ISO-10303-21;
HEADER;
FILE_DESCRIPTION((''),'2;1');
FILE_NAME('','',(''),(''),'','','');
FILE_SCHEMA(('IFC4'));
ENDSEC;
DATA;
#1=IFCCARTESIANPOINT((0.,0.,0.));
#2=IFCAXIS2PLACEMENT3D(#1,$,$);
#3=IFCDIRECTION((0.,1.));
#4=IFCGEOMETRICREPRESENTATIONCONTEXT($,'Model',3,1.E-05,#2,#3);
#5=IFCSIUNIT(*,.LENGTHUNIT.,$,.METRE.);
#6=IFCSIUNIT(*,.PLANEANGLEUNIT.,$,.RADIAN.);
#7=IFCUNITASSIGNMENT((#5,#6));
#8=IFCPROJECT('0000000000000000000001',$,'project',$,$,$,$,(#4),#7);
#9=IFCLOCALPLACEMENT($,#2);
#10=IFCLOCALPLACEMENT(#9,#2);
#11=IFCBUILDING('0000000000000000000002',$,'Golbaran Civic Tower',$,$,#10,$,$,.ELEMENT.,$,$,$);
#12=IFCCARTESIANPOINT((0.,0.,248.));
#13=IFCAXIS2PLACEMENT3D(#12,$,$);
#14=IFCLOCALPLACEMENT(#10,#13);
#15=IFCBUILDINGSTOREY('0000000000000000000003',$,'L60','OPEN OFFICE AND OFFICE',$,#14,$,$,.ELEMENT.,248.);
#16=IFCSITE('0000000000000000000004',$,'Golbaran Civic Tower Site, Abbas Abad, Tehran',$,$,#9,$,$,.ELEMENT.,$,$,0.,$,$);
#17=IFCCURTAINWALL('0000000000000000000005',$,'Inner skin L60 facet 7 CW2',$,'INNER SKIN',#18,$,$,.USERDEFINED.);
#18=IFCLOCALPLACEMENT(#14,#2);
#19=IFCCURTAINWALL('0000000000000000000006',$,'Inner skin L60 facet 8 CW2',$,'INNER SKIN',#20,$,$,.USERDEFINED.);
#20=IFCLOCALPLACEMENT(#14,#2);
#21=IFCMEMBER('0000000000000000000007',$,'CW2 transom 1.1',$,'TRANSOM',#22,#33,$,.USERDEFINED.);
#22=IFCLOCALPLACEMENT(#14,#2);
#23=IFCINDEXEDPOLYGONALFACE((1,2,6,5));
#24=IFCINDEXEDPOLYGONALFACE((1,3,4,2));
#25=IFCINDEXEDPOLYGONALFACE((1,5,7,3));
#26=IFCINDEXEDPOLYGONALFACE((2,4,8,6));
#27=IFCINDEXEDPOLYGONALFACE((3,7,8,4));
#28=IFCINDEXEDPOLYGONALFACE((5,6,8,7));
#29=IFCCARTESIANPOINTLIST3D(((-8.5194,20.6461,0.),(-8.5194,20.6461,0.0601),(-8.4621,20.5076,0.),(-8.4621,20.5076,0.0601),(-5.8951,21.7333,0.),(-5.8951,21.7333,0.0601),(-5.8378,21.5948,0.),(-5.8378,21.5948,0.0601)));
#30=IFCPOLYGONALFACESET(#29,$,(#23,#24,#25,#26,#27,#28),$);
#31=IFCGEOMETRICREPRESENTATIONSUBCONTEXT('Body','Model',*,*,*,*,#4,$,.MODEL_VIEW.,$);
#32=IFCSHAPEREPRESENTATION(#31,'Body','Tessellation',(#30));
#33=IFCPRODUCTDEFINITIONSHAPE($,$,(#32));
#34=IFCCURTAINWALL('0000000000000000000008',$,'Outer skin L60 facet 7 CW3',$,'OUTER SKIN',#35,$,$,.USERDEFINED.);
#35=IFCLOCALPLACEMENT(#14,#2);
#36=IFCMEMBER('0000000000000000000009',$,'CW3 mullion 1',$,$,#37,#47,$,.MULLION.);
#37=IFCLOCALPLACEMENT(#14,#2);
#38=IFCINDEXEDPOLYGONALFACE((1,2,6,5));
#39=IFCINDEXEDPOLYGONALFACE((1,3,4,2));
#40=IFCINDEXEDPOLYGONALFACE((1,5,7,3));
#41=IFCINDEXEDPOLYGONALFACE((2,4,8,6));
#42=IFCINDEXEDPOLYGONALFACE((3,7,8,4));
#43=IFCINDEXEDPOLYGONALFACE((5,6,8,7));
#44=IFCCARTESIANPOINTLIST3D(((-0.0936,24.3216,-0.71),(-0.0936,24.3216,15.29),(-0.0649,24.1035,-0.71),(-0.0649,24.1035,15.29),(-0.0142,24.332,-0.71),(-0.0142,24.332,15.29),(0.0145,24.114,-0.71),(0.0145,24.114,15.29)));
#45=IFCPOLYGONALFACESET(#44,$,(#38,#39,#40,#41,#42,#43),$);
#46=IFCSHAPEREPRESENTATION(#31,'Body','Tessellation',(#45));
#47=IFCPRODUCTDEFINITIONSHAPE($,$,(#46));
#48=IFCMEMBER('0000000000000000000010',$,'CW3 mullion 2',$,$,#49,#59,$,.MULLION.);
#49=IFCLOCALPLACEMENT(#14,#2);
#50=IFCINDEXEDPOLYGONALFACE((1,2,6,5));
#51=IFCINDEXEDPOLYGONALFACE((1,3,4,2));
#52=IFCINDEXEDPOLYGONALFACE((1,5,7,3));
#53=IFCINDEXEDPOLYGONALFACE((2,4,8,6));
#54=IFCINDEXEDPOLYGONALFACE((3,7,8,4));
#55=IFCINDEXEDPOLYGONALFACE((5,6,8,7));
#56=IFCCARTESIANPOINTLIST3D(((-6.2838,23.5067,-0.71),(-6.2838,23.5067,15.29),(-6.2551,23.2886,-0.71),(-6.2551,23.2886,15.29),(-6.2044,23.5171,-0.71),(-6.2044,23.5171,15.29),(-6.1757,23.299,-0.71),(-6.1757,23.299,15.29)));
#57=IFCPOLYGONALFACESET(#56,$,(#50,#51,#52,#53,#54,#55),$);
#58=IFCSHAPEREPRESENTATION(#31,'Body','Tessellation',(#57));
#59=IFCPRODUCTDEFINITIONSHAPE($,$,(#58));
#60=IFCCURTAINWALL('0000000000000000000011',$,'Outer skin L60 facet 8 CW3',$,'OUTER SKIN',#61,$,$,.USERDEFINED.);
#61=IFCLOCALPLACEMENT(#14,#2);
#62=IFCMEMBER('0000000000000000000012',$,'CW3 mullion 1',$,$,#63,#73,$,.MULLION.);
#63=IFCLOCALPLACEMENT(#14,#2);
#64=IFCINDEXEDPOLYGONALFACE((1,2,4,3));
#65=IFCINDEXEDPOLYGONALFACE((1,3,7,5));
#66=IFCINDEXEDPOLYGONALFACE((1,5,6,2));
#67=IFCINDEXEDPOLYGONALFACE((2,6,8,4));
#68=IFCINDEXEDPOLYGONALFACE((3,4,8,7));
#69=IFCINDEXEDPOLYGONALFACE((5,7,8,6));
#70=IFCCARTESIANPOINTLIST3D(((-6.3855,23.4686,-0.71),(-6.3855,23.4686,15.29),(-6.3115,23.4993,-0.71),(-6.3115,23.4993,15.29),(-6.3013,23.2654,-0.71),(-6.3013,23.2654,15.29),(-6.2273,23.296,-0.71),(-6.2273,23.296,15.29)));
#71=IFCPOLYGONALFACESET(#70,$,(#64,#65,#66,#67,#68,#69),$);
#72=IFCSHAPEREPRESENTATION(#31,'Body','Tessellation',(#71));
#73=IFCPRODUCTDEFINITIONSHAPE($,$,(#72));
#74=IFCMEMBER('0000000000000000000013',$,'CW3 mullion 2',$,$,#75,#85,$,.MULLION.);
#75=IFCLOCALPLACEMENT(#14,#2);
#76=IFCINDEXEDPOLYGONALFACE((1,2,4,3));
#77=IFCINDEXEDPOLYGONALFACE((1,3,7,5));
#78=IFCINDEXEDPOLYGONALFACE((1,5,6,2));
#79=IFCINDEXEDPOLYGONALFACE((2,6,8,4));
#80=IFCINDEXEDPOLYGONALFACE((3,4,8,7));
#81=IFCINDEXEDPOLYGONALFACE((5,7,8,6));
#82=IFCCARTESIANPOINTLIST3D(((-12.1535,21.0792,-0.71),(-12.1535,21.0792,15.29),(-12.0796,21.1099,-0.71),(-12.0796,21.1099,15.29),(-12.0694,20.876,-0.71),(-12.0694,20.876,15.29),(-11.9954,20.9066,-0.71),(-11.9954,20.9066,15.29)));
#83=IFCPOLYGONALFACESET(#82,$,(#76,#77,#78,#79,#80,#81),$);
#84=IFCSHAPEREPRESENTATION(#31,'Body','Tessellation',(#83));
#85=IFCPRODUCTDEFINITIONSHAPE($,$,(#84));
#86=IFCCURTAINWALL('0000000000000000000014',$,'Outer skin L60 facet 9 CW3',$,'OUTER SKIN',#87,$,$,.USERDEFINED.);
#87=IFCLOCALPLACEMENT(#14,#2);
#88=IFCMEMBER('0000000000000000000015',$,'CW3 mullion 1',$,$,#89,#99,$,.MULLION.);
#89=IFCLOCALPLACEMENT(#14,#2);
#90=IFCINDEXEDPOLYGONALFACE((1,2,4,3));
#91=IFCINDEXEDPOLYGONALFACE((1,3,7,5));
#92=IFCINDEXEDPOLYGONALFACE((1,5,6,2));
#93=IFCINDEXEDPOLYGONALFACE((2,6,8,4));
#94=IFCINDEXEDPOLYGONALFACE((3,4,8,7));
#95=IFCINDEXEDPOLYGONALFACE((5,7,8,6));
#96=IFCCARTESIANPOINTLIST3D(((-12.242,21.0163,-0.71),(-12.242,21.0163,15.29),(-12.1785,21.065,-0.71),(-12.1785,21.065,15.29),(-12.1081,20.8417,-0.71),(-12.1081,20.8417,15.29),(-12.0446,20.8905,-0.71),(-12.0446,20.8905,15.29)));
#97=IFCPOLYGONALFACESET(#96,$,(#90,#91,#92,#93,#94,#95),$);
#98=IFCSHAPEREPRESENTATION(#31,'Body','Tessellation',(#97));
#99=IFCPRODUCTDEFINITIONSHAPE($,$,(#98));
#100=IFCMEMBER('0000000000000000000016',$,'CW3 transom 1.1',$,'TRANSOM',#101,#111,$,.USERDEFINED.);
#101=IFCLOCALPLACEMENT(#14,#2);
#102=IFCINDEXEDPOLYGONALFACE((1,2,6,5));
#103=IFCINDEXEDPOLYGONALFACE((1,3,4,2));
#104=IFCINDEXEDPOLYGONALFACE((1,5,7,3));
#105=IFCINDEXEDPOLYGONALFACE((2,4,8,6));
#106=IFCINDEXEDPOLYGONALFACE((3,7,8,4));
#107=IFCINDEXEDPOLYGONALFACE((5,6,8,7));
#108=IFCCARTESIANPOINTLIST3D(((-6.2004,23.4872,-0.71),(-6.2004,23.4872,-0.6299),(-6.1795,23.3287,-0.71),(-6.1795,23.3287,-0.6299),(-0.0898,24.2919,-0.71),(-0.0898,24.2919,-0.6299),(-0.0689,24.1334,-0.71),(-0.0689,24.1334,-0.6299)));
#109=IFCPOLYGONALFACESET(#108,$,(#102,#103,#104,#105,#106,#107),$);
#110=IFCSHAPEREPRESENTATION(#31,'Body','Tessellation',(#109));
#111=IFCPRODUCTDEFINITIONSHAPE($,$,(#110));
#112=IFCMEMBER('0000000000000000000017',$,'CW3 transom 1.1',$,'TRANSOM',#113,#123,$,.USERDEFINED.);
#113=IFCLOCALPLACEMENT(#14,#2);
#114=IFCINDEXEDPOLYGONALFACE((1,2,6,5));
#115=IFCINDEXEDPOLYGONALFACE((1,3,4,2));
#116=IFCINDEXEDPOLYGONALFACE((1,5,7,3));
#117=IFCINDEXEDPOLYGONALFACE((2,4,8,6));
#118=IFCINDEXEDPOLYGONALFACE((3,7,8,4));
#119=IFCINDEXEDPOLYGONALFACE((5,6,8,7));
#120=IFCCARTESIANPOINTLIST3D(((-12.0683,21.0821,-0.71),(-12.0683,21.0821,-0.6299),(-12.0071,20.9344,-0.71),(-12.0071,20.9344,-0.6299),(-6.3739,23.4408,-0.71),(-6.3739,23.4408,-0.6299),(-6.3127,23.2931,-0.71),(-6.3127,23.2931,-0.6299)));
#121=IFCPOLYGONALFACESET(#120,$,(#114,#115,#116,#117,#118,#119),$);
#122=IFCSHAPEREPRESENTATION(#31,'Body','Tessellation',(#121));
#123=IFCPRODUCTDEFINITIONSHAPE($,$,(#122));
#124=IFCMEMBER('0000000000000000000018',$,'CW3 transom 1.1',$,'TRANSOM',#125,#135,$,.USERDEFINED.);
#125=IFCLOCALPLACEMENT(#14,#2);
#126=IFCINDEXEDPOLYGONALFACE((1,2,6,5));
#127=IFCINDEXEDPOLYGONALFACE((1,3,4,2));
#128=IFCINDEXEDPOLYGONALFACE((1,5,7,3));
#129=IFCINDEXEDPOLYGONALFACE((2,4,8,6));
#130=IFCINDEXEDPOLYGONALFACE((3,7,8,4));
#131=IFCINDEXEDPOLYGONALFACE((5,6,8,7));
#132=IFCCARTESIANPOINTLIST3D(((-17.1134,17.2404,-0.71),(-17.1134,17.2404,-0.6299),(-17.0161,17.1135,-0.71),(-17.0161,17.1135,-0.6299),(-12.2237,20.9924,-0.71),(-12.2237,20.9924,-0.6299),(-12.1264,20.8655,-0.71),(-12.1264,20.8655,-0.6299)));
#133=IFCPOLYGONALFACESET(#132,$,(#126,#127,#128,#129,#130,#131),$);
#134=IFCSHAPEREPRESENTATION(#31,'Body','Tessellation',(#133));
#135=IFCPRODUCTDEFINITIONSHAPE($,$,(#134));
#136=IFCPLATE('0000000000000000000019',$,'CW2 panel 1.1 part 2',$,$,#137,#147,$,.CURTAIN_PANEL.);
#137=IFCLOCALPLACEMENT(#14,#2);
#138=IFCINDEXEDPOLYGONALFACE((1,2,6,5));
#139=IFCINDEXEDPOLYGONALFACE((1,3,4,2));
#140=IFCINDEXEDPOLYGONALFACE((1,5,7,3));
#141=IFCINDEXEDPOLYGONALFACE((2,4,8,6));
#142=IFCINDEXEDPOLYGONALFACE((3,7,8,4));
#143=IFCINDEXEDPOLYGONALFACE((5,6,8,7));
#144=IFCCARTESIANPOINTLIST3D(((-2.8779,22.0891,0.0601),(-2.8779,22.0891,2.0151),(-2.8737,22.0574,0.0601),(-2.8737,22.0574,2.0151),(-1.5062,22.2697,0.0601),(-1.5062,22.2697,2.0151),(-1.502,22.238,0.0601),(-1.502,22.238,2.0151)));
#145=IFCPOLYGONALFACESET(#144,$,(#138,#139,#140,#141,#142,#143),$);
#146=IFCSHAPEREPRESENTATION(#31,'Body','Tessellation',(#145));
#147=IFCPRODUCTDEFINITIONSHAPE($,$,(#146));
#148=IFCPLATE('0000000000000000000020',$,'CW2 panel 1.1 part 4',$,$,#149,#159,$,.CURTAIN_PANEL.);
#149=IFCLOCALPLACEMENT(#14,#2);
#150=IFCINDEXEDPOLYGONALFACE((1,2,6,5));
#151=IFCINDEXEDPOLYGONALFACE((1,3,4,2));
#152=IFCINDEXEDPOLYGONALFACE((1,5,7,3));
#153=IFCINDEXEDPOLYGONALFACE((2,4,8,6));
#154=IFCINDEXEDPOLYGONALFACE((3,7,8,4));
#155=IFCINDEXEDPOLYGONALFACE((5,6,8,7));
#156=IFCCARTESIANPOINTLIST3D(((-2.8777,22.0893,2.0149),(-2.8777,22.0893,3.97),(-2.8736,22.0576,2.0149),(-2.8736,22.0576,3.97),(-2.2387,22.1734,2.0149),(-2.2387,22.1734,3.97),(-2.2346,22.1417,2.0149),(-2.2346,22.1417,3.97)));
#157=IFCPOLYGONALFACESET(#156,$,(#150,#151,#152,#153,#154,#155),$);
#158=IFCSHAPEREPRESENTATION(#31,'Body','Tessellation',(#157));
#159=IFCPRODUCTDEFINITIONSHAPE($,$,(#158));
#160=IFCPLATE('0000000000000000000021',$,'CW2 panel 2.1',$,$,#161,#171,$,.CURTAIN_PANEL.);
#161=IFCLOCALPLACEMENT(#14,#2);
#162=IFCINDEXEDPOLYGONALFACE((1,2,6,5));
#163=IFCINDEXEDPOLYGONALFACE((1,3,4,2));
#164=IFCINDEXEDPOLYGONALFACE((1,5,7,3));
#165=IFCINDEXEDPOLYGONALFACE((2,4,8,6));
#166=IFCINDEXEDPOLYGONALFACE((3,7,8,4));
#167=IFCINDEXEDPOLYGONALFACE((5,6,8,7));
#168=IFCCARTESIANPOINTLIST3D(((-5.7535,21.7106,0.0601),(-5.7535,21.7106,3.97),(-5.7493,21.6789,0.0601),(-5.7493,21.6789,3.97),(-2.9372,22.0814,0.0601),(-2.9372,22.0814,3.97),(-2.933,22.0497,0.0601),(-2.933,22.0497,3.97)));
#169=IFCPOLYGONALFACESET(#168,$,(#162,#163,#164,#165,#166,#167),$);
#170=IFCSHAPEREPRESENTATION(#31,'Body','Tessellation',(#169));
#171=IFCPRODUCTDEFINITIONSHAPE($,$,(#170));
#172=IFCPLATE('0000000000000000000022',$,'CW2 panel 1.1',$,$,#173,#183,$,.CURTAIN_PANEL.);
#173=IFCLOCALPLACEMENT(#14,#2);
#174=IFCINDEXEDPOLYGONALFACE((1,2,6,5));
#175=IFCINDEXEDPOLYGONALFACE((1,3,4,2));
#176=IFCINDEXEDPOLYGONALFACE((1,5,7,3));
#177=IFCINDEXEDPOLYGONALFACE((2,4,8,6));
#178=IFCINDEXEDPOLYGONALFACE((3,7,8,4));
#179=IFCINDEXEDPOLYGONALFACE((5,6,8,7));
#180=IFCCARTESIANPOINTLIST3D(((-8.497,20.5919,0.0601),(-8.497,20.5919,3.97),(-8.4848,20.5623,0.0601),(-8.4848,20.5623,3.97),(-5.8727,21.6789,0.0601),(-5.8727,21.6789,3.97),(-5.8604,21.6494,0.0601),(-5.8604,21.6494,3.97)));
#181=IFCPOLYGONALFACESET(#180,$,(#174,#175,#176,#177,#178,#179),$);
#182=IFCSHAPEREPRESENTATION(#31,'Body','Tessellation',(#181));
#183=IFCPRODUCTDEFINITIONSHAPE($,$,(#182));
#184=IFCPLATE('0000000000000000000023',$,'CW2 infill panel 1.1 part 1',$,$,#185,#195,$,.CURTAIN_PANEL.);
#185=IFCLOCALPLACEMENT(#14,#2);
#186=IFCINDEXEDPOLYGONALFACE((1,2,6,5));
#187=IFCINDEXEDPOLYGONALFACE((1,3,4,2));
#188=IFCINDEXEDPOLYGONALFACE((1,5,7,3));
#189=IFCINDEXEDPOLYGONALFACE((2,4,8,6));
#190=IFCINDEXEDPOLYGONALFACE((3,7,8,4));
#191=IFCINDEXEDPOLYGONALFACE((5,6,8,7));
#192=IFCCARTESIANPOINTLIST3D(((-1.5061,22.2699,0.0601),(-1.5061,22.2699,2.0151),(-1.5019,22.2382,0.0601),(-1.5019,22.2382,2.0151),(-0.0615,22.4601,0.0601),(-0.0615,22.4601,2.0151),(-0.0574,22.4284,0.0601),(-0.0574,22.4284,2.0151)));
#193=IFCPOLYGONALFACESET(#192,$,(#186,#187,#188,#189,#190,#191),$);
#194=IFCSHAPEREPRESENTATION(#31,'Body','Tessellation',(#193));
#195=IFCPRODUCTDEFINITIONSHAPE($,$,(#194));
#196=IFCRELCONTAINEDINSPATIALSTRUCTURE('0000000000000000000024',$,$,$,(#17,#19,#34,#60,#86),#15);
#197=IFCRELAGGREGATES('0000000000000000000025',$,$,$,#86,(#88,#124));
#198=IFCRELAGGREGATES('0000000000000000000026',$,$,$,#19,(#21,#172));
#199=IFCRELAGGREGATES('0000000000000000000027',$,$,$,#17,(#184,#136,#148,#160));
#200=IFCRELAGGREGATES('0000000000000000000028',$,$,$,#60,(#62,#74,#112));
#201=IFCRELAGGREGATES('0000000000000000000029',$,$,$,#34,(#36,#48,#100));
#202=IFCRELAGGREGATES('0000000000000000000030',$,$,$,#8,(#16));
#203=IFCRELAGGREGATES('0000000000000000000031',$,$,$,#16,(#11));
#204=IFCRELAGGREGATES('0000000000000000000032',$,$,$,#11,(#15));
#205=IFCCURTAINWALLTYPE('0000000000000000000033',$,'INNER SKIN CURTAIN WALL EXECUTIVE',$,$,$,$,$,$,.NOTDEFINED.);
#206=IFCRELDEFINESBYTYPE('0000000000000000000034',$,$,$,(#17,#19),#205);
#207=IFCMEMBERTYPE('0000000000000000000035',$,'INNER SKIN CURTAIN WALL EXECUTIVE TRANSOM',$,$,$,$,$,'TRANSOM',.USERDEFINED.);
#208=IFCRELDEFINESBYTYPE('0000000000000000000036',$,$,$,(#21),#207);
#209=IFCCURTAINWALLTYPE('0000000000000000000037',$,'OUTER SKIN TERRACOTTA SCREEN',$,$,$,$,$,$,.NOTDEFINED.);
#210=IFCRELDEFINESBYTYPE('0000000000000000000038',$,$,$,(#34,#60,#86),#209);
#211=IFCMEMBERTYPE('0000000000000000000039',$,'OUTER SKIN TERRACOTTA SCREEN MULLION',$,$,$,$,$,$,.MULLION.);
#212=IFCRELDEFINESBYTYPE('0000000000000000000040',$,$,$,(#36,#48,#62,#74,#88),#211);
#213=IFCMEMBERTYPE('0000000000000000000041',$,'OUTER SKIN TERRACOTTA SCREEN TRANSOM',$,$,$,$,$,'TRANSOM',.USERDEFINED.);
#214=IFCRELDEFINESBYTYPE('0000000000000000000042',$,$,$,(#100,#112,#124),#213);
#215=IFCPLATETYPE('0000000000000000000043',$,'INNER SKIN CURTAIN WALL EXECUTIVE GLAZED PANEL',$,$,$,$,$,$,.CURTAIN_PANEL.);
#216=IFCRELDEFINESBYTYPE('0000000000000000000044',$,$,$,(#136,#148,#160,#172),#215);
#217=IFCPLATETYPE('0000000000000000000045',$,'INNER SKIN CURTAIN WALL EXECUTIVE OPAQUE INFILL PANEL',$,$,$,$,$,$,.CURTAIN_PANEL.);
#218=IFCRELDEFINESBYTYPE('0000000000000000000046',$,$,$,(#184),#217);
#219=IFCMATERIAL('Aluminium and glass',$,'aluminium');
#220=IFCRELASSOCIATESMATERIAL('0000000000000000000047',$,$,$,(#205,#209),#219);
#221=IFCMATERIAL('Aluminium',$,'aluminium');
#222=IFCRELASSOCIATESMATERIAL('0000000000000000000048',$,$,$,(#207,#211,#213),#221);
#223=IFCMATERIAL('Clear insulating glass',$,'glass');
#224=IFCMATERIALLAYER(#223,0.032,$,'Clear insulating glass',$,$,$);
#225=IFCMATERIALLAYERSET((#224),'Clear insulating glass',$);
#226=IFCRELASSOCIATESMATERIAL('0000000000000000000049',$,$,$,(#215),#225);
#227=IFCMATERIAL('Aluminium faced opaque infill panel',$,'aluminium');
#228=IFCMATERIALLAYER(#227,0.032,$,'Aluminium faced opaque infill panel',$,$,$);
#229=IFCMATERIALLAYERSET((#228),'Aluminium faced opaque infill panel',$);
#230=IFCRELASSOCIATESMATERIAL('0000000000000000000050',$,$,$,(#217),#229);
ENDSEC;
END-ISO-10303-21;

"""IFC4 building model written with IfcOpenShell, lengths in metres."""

from ifc_helpers import new_model, si_unit, direction, frame, origin, origin_2d, place, context, subcontext, project, spatial, rectangle, extrude, material, layer, layer_set, material_profile, profile_set, type_object, element, aggregate, save


model = new_model("IFC4")

# Units and contexts
model_context = context("Model", 3, precision=1e-05, world=origin(), true_north=direction((0.0, 1.0)))
body_context = subcontext(model_context, "Body", "Model", "MODEL_VIEW")
ifc_project = project(units=[si_unit("LENGTHUNIT", "METRE"), si_unit("PLANEANGLEUNIT", "RADIAN")], contexts=[model_context])

# Site, building, storey
site_placement = place(None, origin())
site = spatial("IfcSite", under=ifc_project, at=site_placement, Name="Golbaran Civic Tower Site, Abbas Abad, Tehran", CompositionType="ELEMENT", RefElevation=0.0)
building_placement = place(site_placement, origin())
building = spatial("IfcBuilding", under=site, at=building_placement, Name="Golbaran Civic Tower", CompositionType="ELEMENT")
storey_placement = place(building_placement, frame((0.0, 0.0, 248.0)))
storey = spatial("IfcBuildingStorey", under=building, at=storey_placement, Name="L60", Description="OPEN OFFICE AND OFFICE", CompositionType="ELEMENT", Elevation=248.0)

# Curtain wall
ifc_material_1 = material(Name="Aluminium and glass", Category="aluminium")
curtain_wall_type_1 = type_object("IfcCurtainWallType", Name="INNER SKIN CURTAIN WALL EXECUTIVE", PredefinedType="NOTDEFINED", material=ifc_material_1)
curtain_wall_1_placement = place(storey_placement, origin())
curtain_wall_1 = element("IfcCurtainWall", 1, at=curtain_wall_1_placement, inside=storey, type_object=curtain_wall_type_1, Name="Inner skin L60 facet 7 CW2", ObjectType="INNER SKIN", PredefinedType="USERDEFINED")
ifc_material_2 = material(Name="Aluminium", Category="aluminium")

# Curtain wall
curtain_wall_2_placement = place(storey_placement, origin())
curtain_wall_2 = element("IfcCurtainWall", 2, at=curtain_wall_2_placement, inside=storey, type_object=curtain_wall_type_1, Name="Inner skin L60 facet 8 CW2", ObjectType="INNER SKIN", PredefinedType="USERDEFINED")

# Member
ifc_material_profile_1 = material_profile(ifc_material_2, rectangle(XDim=0.1499, YDim=0.0601, at=origin_2d()), Name="INNER SKIN CURTAIN WALL EXECUTIVE TRANSOM")
ifc_profile_set_1 = profile_set([ifc_material_profile_1], Name="Aluminium")
member_type_1 = type_object("IfcMemberType", Name="INNER SKIN CURTAIN WALL EXECUTIVE TRANSOM", ElementType="TRANSOM", PredefinedType="USERDEFINED", material=ifc_profile_set_1)
member_1_placement = place(storey_placement, frame((-5.8665, 21.6641, 0.03), z_axis=(-0.923861, -0.382729, 0.0), x_axis=(0.382729, -0.923861, 0.0)))
member_1 = element("IfcMember", 3, at=member_1_placement, type_object=member_type_1, Name="CW2 transom 1.1", ObjectType="TRANSOM", PredefinedType="USERDEFINED", context=body_context, shape_type="SweptSolid", body=[
    extrude(rectangle(XDim=0.1499, YDim=0.0601, at=origin_2d()), origin(), (0.0, 0.0, 1.0), 2.8406),
])

# Curtain walls, members
curtain_wall_type_2 = type_object("IfcCurtainWallType", Name="OUTER SKIN TERRACOTTA SCREEN", PredefinedType="NOTDEFINED", material=ifc_material_1)
curtain_wall_3_placement = place(storey_placement, origin())
curtain_wall_3 = element("IfcCurtainWall", 4, at=curtain_wall_3_placement, inside=storey, type_object=curtain_wall_type_2, Name="Outer skin L60 facet 7 CW3", ObjectType="OUTER SKIN", PredefinedType="USERDEFINED")
ifc_material_profile_2 = material_profile(ifc_material_2, rectangle(XDim=0.22, YDim=0.0801, at=origin_2d()), Name="OUTER SKIN TERRACOTTA SCREEN MULLION")
ifc_profile_set_2 = profile_set([ifc_material_profile_2], Name="Aluminium")
member_type_2 = type_object("IfcMemberType", Name="OUTER SKIN TERRACOTTA SCREEN MULLION", PredefinedType="MULLION", material=ifc_profile_set_2)
member_2_placement = place(storey_placement, frame((-0.0396, 24.2178, -0.71), z_axis=(0.0, 0.0, 1.0), x_axis=(0.130526, -0.991445, 0.0)))
member_2 = element("IfcMember", 5, at=member_2_placement, type_object=member_type_2, Name="CW3 mullion 1", PredefinedType="MULLION", context=body_context, shape_type="SweptSolid", body=[
    extrude(rectangle(XDim=0.22, YDim=0.0801, at=origin_2d()), origin(), (0.0, 0.0, 1.0), 16.0),
])
member_3_placement = place(storey_placement, frame((-6.2297, 23.4028, -0.71), z_axis=(0.0, 0.0, 1.0), x_axis=(0.130526, -0.991445, 0.0)))
member_3 = element("IfcMember", 6, at=member_3_placement, type_object=member_type_2, Name="CW3 mullion 2", PredefinedType="MULLION", context=body_context, shape_type="SweptSolid", body=[
    extrude(rectangle(XDim=0.22, YDim=0.0801, at=origin_2d()), origin(), (0.0, 0.0, 1.0), 16.0),
])
curtain_wall_4_placement = place(storey_placement, origin())
curtain_wall_4 = element("IfcCurtainWall", 7, at=curtain_wall_4_placement, inside=storey, type_object=curtain_wall_type_2, Name="Outer skin L60 facet 8 CW3", ObjectType="OUTER SKIN", PredefinedType="USERDEFINED")
member_4_placement = place(storey_placement, frame((-6.3064, 23.3823, -0.71), z_axis=(0.0, 0.0, 1.0), x_axis=(0.382683, -0.92388, 0.0)))
member_4 = element("IfcMember", 8, at=member_4_placement, type_object=member_type_2, Name="CW3 mullion 1", PredefinedType="MULLION", context=body_context, shape_type="SweptSolid", body=[
    extrude(rectangle(XDim=0.22, YDim=0.0801, at=origin_2d()), origin(), (0.0, 0.0, 1.0), 16.0),
])
member_5_placement = place(storey_placement, frame((-12.0745, 20.9929, -0.71), z_axis=(0.0, 0.0, 1.0), x_axis=(0.382683, -0.92388, 0.0)))
member_5 = element("IfcMember", 9, at=member_5_placement, type_object=member_type_2, Name="CW3 mullion 2", PredefinedType="MULLION", context=body_context, shape_type="SweptSolid", body=[
    extrude(rectangle(XDim=0.22, YDim=0.0801, at=origin_2d()), origin(), (0.0, 0.0, 1.0), 16.0),
])

# Curtain wall, member
curtain_wall_5_placement = place(storey_placement, origin())
curtain_wall_5 = element("IfcCurtainWall", 10, at=curtain_wall_5_placement, inside=storey, type_object=curtain_wall_type_2, Name="Outer skin L60 facet 9 CW3", ObjectType="OUTER SKIN", PredefinedType="USERDEFINED")
member_6_placement = place(storey_placement, frame((-12.1433, 20.9534, -0.71), z_axis=(0.0, 0.0, 1.0), x_axis=(0.608761, -0.793353, 0.0)))
member_6 = element("IfcMember", 11, at=member_6_placement, type_object=member_type_2, Name="CW3 mullion 1", PredefinedType="MULLION", context=body_context, shape_type="SweptSolid", body=[
    extrude(rectangle(XDim=0.22, YDim=0.0801, at=origin_2d()), origin(), (0.0, 0.0, 1.0), 16.0),
])

# Members
ifc_material_profile_3 = material_profile(ifc_material_2, rectangle(XDim=0.1599, YDim=0.0801, at=origin_2d()), Name="OUTER SKIN TERRACOTTA SCREEN TRANSOM")
ifc_profile_set_3 = profile_set([ifc_material_profile_3], Name="Aluminium")
member_type_3 = type_object("IfcMemberType", Name="OUTER SKIN TERRACOTTA SCREEN TRANSOM", ElementType="TRANSOM", PredefinedType="USERDEFINED", material=ifc_profile_set_3)
member_7_placement = place(storey_placement, frame((-0.0793, 24.2126, -0.6699), z_axis=(-0.99144, -0.13056, 0.0), x_axis=(0.13056, -0.99144, 0.0)))
member_7 = element("IfcMember", 12, at=member_7_placement, type_object=member_type_3, Name="CW3 transom 1.1", ObjectType="TRANSOM", PredefinedType="USERDEFINED", context=body_context, shape_type="SweptSolid", body=[
    extrude(rectangle(XDim=0.1599, YDim=0.0801, at=origin_2d()), origin(), (0.0, 0.0, 1.0), 6.1633),
])
member_8_placement = place(storey_placement, frame((-6.3433, 23.3669, -0.6699), z_axis=(-0.923881, -0.382679, 0.0), x_axis=(0.382679, -0.923881, 0.0)))
member_8 = element("IfcMember", 13, at=member_8_placement, type_object=member_type_3, Name="CW3 transom 1.1", ObjectType="TRANSOM", PredefinedType="USERDEFINED", context=body_context, shape_type="SweptSolid", body=[
    extrude(rectangle(XDim=0.1599, YDim=0.0801, at=origin_2d()), origin(), (0.0, 0.0, 1.0), 6.1636),
])
member_9_placement = place(storey_placement, frame((-12.175, 20.929, -0.6699), z_axis=(-0.793354, -0.608761, 0.0), x_axis=(0.608761, -0.793354, 0.0)))
member_9 = element("IfcMember", 14, at=member_9_placement, type_object=member_type_3, Name="CW3 transom 1.1", ObjectType="TRANSOM", PredefinedType="USERDEFINED", context=body_context, shape_type="SweptSolid", body=[
    extrude(rectangle(XDim=0.1599, YDim=0.0801, at=origin_2d()), origin(), (0.0, 0.0, 1.0), 6.1633),
])
aggregate(curtain_wall_5, [member_6, member_9])

# Plates
ifc_material_3 = material(Name="Clear insulating glass", Category="glass")
ifc_layer_1 = layer(ifc_material_3, 0.032, Name="Clear insulating glass")
ifc_layer_set_1 = layer_set([ifc_layer_1], Name="Clear insulating glass")
plate_type_1 = type_object("IfcPlateType", Name="INNER SKIN CURTAIN WALL EXECUTIVE GLAZED PANEL", PredefinedType="CURTAIN_PANEL", material=ifc_layer_set_1)
plate_1_placement = place(storey_placement, frame((-2.1899, 22.1636, 0.0601), z_axis=(0.0, 0.0, 1.0), x_axis=(-0.991445, -0.130526, 0.0)))
plate_1 = element("IfcPlate", 15, at=plate_1_placement, type_object=plate_type_1, Name="CW2 panel 1.1 part 2", PredefinedType="CURTAIN_PANEL", context=body_context, shape_type="SweptSolid", body=[
    extrude(rectangle(XDim=1.3835, YDim=0.032, at=origin_2d()), origin(), (0.0, 0.0, 1.0), 1.9551),
])
plate_2_placement = place(storey_placement, frame((-2.5562, 22.1155, 2.0149), z_axis=(0.0, 0.0, 1.0), x_axis=(-0.991445, -0.130526, 0.0)))
plate_2 = element("IfcPlate", 16, at=plate_2_placement, type_object=plate_type_1, Name="CW2 panel 1.1 part 4", PredefinedType="CURTAIN_PANEL", context=body_context, shape_type="SweptSolid", body=[
    extrude(rectangle(XDim=0.6445, YDim=0.032, at=origin_2d()), origin(), (0.0, 0.0, 1.0), 1.9551),
])
plate_3_placement = place(storey_placement, frame((-4.3433, 21.8801, 0.0601), z_axis=(0.0, 0.0, 1.0), x_axis=(-0.991445, -0.130526, 0.0)))
plate_3 = element("IfcPlate", 17, at=plate_3_placement, type_object=plate_type_1, Name="CW2 panel 2.1", PredefinedType="CURTAIN_PANEL", context=body_context, shape_type="SweptSolid", body=[
    extrude(rectangle(XDim=2.8406, YDim=0.032, at=origin_2d()), origin(), (0.0, 0.0, 1.0), 3.9099),
])
plate_4_placement = place(storey_placement, frame((-7.1787, 21.1206, 0.0601), z_axis=(0.0, 0.0, 1.0), x_axis=(-0.92388, -0.382683, 0.0)))
plate_4 = element("IfcPlate", 18, at=plate_4_placement, type_object=plate_type_1, Name="CW2 panel 1.1", PredefinedType="CURTAIN_PANEL", context=body_context, shape_type="SweptSolid", body=[
    extrude(rectangle(XDim=2.8406, YDim=0.032, at=origin_2d()), origin(), (0.0, 0.0, 1.0), 3.9099),
])
aggregate(curtain_wall_2, [member_1, plate_4])
ifc_material_4 = material(Name="Aluminium faced opaque infill panel", Category="aluminium")
ifc_layer_2 = layer(ifc_material_4, 0.032, Name="Aluminium faced opaque infill panel")
ifc_layer_set_2 = layer_set([ifc_layer_2], Name="Aluminium faced opaque infill panel")
plate_type_2 = type_object("IfcPlateType", Name="INNER SKIN CURTAIN WALL EXECUTIVE OPAQUE INFILL PANEL", PredefinedType="CURTAIN_PANEL", material=ifc_layer_set_2)
plate_5_placement = place(storey_placement, frame((-0.7817, 22.3491, 0.0601), z_axis=(0.0, 0.0, 1.0), x_axis=(-0.991445, -0.130526, 0.0)))
plate_5 = element("IfcPlate", 19, at=plate_5_placement, type_object=plate_type_2, Name="CW2 infill panel 1.1 part 1", PredefinedType="CURTAIN_PANEL", context=body_context, shape_type="SweptSolid", body=[
    extrude(rectangle(XDim=1.457, YDim=0.032, at=origin_2d()), origin(), (0.0, 0.0, 1.0), 1.9551),
])
aggregate(curtain_wall_1, [plate_5, plate_1, plate_2, plate_3])
aggregate(curtain_wall_4, [member_4, member_5, member_8])
aggregate(curtain_wall_3, [member_2, member_3, member_7])

save(model, "model.ifc")
